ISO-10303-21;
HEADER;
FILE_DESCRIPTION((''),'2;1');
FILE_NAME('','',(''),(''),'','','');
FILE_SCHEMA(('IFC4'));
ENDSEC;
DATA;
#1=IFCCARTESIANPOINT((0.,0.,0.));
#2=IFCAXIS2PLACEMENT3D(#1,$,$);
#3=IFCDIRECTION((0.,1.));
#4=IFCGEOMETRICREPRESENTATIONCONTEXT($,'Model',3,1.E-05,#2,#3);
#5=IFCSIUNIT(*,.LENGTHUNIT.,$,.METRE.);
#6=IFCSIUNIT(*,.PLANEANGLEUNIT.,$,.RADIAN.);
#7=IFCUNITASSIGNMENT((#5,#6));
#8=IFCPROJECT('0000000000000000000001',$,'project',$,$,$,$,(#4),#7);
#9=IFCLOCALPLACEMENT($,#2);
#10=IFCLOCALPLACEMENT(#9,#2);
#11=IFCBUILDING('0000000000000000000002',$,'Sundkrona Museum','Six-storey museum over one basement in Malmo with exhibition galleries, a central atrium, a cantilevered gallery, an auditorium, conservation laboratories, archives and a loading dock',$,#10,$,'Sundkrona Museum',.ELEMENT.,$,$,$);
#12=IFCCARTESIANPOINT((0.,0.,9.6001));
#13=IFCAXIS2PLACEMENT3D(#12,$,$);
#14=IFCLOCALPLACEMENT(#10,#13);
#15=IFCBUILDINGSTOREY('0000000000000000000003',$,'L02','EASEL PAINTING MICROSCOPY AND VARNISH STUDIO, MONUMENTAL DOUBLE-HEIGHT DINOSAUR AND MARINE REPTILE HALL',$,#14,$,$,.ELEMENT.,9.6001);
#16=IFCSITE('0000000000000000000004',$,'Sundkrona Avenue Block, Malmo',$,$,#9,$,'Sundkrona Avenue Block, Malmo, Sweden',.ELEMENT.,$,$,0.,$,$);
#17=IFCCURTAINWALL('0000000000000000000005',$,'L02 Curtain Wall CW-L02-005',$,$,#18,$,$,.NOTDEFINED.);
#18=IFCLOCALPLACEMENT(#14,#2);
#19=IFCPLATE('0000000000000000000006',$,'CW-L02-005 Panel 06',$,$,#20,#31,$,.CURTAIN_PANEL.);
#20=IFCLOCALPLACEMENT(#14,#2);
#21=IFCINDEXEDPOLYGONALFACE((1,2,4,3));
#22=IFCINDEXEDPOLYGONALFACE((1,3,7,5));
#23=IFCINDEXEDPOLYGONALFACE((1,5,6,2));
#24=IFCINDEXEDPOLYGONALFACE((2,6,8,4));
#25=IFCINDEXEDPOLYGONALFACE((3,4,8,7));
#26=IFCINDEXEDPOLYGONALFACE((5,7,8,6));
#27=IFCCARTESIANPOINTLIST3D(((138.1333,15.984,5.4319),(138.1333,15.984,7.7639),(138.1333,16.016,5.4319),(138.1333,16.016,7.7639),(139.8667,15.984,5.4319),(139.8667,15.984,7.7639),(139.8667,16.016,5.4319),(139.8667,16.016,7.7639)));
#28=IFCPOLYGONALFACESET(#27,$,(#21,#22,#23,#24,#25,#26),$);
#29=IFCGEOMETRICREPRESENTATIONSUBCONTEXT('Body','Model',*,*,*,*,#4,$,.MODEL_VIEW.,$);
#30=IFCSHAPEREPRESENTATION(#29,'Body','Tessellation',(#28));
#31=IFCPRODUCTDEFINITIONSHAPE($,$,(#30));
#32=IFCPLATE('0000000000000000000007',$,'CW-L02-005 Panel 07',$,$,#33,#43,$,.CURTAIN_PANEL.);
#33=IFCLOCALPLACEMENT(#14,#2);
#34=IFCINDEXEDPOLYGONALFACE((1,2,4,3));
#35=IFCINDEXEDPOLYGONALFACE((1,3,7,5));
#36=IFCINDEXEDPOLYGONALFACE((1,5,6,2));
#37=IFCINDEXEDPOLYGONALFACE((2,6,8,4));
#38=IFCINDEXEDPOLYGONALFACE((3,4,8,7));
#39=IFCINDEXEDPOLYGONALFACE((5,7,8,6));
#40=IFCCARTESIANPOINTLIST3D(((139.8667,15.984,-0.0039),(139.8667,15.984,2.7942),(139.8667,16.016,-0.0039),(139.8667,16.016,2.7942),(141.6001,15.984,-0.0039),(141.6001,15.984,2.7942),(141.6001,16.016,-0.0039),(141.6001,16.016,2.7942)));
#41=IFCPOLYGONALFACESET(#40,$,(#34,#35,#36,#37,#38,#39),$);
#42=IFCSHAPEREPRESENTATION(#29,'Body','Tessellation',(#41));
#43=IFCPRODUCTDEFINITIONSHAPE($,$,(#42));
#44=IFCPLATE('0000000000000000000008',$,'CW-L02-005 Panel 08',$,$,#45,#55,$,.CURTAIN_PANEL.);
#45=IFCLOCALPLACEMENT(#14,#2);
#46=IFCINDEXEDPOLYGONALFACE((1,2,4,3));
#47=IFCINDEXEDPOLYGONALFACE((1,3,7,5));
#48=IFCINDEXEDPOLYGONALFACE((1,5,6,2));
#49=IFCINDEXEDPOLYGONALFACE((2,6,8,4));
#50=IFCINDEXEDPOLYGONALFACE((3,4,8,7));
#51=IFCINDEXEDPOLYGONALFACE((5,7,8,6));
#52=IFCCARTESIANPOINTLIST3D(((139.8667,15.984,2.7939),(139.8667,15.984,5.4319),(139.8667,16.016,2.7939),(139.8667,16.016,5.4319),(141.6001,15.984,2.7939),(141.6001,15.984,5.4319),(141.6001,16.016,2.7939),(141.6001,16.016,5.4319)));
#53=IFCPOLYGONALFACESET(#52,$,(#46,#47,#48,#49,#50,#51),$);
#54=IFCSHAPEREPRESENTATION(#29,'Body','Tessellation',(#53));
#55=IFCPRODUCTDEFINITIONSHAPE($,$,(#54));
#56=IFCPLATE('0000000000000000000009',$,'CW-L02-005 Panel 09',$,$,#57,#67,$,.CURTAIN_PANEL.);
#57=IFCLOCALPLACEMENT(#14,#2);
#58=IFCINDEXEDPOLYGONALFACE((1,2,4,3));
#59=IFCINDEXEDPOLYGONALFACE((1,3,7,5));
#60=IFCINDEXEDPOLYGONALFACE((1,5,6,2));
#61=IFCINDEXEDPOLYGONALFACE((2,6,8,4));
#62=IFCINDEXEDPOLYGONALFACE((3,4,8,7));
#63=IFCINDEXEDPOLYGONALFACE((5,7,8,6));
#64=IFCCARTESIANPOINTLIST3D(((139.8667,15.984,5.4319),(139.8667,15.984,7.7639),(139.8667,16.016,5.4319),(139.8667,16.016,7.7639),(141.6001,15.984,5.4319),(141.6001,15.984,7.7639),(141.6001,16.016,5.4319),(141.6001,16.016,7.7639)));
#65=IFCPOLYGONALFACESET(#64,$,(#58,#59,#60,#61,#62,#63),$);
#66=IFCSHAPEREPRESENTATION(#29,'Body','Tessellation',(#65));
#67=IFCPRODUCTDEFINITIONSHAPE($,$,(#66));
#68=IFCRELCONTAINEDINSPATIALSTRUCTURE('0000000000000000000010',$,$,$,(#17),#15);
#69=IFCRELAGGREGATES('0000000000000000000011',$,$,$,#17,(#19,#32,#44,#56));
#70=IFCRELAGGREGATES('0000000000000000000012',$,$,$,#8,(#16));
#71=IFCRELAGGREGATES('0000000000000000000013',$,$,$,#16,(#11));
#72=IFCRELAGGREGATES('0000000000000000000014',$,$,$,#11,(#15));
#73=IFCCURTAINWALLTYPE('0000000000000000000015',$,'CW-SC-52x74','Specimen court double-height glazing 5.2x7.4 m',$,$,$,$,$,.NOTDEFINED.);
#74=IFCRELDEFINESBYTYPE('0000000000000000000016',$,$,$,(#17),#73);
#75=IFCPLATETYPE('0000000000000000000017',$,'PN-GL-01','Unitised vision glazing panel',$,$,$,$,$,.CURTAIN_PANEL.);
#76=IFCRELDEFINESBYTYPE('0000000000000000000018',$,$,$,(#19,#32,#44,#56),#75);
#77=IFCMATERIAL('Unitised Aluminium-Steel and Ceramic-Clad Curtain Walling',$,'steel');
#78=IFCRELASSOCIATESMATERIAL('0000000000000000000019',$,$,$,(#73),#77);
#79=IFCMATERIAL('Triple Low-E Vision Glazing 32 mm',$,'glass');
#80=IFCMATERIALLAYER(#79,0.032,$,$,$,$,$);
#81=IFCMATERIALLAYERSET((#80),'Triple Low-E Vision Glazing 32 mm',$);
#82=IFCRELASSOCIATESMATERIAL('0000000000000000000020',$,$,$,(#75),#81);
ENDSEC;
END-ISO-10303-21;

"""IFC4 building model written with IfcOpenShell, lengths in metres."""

from ifc_helpers import new_model, si_unit, direction, frame, origin, origin_2d, place, context, subcontext, project, spatial, rectangle, extrude, material, layer, layer_set, type_object, element, aggregate, save


model = new_model("IFC4")

# Units and contexts
model_context = context("Model", 3, precision=1e-05, world=origin(), true_north=direction((0.0, 1.0)))
body_context = subcontext(model_context, "Body", "Model", "MODEL_VIEW")
ifc_project = project(units=[si_unit("LENGTHUNIT", "METRE"), si_unit("PLANEANGLEUNIT", "RADIAN")], contexts=[model_context])

# Site, building, storey
site_placement = place(None, origin())
site = spatial("IfcSite", under=ifc_project, at=site_placement, Name="Sundkrona Avenue Block, Malmo", LongName="Sundkrona Avenue Block, Malmo, Sweden", CompositionType="ELEMENT", RefElevation=0.0)
building_placement = place(site_placement, origin())
building = spatial("IfcBuilding", under=site, at=building_placement, Name="Sundkrona Museum", Description="Six-storey museum over one basement in Malmo with exhibition galleries, a central atrium, a cantilevered gallery, an auditorium, conservation laboratories, archives and a loading dock", LongName="Sundkrona Museum", CompositionType="ELEMENT")
storey_placement = place(building_placement, frame((0.0, 0.0, 9.6001)))
storey = spatial("IfcBuildingStorey", under=building, at=storey_placement, Name="L02", Description="EASEL PAINTING MICROSCOPY AND VARNISH STUDIO, MONUMENTAL DOUBLE-HEIGHT DINOSAUR AND MARINE REPTILE HALL", CompositionType="ELEMENT", Elevation=9.6001)

# Curtain wall
ifc_material_1 = material(Name="Unitised Aluminium-Steel and Ceramic-Clad Curtain Walling", Category="steel")
curtain_wall_type = type_object("IfcCurtainWallType", Name="CW-SC-52x74", Description="Specimen court double-height glazing 5.2x7.4 m", PredefinedType="NOTDEFINED", material=ifc_material_1)
curtain_wall_1_placement = place(storey_placement, origin())
curtain_wall_1 = element("IfcCurtainWall", 1, at=curtain_wall_1_placement, inside=storey, type_object=curtain_wall_type, Name="L02 Curtain Wall CW-L02-005", PredefinedType="NOTDEFINED")

# Plates
ifc_material_2 = material(Name="Triple Low-E Vision Glazing 32 mm", Category="glass")
ifc_layer = layer(ifc_material_2, 0.032)
ifc_layer_set = layer_set([ifc_layer], Name="Triple Low-E Vision Glazing 32 mm")
plate_type = type_object("IfcPlateType", Name="PN-GL-01", Description="Unitised vision glazing panel", PredefinedType="CURTAIN_PANEL", material=ifc_layer_set)
plate_1_placement = place(storey_placement, frame((139.0, 16.0, 5.4319), z_axis=(0.0, 0.0, 1.0), x_axis=(1.0, 0.0, 0.0)))
plate_1 = element("IfcPlate", 2, at=plate_1_placement, type_object=plate_type, Name="CW-L02-005 Panel 06", PredefinedType="CURTAIN_PANEL", context=body_context, shape_type="SweptSolid", body=[
    extrude(rectangle(XDim=1.7334, YDim=0.032, at=origin_2d()), origin(), (0.0, 0.0, 1.0), 2.332),
])
plate_2_placement = place(storey_placement, frame((140.7334, 16.0, -0.0039), z_axis=(0.0, 0.0, 1.0), x_axis=(1.0, 0.0, 0.0)))
plate_2 = element("IfcPlate", 3, at=plate_2_placement, type_object=plate_type, Name="CW-L02-005 Panel 07", PredefinedType="CURTAIN_PANEL", context=body_context, shape_type="SweptSolid", body=[
    extrude(rectangle(XDim=1.7334, YDim=0.032, at=origin_2d()), origin(), (0.0, 0.0, 1.0), 2.7981),
])
plate_3_placement = place(storey_placement, frame((140.7334, 16.0, 2.7939), z_axis=(0.0, 0.0, 1.0), x_axis=(1.0, 0.0, 0.0)))
plate_3 = element("IfcPlate", 4, at=plate_3_placement, type_object=plate_type, Name="CW-L02-005 Panel 08", PredefinedType="CURTAIN_PANEL", context=body_context, shape_type="SweptSolid", body=[
    extrude(rectangle(XDim=1.7334, YDim=0.032, at=origin_2d()), origin(), (0.0, 0.0, 1.0), 2.6379),
])
plate_4_placement = place(storey_placement, frame((140.7334, 16.0, 5.4319), z_axis=(0.0, 0.0, 1.0), x_axis=(1.0, 0.0, 0.0)))
plate_4 = element("IfcPlate", 5, at=plate_4_placement, type_object=plate_type, Name="CW-L02-005 Panel 09", PredefinedType="CURTAIN_PANEL", context=body_context, shape_type="SweptSolid", body=[
    extrude(rectangle(XDim=1.7334, YDim=0.032, at=origin_2d()), origin(), (0.0, 0.0, 1.0), 2.332),
])
aggregate(curtain_wall_1, [plate_1, plate_2, plate_3, plate_4])

save(model, "model.ifc")
